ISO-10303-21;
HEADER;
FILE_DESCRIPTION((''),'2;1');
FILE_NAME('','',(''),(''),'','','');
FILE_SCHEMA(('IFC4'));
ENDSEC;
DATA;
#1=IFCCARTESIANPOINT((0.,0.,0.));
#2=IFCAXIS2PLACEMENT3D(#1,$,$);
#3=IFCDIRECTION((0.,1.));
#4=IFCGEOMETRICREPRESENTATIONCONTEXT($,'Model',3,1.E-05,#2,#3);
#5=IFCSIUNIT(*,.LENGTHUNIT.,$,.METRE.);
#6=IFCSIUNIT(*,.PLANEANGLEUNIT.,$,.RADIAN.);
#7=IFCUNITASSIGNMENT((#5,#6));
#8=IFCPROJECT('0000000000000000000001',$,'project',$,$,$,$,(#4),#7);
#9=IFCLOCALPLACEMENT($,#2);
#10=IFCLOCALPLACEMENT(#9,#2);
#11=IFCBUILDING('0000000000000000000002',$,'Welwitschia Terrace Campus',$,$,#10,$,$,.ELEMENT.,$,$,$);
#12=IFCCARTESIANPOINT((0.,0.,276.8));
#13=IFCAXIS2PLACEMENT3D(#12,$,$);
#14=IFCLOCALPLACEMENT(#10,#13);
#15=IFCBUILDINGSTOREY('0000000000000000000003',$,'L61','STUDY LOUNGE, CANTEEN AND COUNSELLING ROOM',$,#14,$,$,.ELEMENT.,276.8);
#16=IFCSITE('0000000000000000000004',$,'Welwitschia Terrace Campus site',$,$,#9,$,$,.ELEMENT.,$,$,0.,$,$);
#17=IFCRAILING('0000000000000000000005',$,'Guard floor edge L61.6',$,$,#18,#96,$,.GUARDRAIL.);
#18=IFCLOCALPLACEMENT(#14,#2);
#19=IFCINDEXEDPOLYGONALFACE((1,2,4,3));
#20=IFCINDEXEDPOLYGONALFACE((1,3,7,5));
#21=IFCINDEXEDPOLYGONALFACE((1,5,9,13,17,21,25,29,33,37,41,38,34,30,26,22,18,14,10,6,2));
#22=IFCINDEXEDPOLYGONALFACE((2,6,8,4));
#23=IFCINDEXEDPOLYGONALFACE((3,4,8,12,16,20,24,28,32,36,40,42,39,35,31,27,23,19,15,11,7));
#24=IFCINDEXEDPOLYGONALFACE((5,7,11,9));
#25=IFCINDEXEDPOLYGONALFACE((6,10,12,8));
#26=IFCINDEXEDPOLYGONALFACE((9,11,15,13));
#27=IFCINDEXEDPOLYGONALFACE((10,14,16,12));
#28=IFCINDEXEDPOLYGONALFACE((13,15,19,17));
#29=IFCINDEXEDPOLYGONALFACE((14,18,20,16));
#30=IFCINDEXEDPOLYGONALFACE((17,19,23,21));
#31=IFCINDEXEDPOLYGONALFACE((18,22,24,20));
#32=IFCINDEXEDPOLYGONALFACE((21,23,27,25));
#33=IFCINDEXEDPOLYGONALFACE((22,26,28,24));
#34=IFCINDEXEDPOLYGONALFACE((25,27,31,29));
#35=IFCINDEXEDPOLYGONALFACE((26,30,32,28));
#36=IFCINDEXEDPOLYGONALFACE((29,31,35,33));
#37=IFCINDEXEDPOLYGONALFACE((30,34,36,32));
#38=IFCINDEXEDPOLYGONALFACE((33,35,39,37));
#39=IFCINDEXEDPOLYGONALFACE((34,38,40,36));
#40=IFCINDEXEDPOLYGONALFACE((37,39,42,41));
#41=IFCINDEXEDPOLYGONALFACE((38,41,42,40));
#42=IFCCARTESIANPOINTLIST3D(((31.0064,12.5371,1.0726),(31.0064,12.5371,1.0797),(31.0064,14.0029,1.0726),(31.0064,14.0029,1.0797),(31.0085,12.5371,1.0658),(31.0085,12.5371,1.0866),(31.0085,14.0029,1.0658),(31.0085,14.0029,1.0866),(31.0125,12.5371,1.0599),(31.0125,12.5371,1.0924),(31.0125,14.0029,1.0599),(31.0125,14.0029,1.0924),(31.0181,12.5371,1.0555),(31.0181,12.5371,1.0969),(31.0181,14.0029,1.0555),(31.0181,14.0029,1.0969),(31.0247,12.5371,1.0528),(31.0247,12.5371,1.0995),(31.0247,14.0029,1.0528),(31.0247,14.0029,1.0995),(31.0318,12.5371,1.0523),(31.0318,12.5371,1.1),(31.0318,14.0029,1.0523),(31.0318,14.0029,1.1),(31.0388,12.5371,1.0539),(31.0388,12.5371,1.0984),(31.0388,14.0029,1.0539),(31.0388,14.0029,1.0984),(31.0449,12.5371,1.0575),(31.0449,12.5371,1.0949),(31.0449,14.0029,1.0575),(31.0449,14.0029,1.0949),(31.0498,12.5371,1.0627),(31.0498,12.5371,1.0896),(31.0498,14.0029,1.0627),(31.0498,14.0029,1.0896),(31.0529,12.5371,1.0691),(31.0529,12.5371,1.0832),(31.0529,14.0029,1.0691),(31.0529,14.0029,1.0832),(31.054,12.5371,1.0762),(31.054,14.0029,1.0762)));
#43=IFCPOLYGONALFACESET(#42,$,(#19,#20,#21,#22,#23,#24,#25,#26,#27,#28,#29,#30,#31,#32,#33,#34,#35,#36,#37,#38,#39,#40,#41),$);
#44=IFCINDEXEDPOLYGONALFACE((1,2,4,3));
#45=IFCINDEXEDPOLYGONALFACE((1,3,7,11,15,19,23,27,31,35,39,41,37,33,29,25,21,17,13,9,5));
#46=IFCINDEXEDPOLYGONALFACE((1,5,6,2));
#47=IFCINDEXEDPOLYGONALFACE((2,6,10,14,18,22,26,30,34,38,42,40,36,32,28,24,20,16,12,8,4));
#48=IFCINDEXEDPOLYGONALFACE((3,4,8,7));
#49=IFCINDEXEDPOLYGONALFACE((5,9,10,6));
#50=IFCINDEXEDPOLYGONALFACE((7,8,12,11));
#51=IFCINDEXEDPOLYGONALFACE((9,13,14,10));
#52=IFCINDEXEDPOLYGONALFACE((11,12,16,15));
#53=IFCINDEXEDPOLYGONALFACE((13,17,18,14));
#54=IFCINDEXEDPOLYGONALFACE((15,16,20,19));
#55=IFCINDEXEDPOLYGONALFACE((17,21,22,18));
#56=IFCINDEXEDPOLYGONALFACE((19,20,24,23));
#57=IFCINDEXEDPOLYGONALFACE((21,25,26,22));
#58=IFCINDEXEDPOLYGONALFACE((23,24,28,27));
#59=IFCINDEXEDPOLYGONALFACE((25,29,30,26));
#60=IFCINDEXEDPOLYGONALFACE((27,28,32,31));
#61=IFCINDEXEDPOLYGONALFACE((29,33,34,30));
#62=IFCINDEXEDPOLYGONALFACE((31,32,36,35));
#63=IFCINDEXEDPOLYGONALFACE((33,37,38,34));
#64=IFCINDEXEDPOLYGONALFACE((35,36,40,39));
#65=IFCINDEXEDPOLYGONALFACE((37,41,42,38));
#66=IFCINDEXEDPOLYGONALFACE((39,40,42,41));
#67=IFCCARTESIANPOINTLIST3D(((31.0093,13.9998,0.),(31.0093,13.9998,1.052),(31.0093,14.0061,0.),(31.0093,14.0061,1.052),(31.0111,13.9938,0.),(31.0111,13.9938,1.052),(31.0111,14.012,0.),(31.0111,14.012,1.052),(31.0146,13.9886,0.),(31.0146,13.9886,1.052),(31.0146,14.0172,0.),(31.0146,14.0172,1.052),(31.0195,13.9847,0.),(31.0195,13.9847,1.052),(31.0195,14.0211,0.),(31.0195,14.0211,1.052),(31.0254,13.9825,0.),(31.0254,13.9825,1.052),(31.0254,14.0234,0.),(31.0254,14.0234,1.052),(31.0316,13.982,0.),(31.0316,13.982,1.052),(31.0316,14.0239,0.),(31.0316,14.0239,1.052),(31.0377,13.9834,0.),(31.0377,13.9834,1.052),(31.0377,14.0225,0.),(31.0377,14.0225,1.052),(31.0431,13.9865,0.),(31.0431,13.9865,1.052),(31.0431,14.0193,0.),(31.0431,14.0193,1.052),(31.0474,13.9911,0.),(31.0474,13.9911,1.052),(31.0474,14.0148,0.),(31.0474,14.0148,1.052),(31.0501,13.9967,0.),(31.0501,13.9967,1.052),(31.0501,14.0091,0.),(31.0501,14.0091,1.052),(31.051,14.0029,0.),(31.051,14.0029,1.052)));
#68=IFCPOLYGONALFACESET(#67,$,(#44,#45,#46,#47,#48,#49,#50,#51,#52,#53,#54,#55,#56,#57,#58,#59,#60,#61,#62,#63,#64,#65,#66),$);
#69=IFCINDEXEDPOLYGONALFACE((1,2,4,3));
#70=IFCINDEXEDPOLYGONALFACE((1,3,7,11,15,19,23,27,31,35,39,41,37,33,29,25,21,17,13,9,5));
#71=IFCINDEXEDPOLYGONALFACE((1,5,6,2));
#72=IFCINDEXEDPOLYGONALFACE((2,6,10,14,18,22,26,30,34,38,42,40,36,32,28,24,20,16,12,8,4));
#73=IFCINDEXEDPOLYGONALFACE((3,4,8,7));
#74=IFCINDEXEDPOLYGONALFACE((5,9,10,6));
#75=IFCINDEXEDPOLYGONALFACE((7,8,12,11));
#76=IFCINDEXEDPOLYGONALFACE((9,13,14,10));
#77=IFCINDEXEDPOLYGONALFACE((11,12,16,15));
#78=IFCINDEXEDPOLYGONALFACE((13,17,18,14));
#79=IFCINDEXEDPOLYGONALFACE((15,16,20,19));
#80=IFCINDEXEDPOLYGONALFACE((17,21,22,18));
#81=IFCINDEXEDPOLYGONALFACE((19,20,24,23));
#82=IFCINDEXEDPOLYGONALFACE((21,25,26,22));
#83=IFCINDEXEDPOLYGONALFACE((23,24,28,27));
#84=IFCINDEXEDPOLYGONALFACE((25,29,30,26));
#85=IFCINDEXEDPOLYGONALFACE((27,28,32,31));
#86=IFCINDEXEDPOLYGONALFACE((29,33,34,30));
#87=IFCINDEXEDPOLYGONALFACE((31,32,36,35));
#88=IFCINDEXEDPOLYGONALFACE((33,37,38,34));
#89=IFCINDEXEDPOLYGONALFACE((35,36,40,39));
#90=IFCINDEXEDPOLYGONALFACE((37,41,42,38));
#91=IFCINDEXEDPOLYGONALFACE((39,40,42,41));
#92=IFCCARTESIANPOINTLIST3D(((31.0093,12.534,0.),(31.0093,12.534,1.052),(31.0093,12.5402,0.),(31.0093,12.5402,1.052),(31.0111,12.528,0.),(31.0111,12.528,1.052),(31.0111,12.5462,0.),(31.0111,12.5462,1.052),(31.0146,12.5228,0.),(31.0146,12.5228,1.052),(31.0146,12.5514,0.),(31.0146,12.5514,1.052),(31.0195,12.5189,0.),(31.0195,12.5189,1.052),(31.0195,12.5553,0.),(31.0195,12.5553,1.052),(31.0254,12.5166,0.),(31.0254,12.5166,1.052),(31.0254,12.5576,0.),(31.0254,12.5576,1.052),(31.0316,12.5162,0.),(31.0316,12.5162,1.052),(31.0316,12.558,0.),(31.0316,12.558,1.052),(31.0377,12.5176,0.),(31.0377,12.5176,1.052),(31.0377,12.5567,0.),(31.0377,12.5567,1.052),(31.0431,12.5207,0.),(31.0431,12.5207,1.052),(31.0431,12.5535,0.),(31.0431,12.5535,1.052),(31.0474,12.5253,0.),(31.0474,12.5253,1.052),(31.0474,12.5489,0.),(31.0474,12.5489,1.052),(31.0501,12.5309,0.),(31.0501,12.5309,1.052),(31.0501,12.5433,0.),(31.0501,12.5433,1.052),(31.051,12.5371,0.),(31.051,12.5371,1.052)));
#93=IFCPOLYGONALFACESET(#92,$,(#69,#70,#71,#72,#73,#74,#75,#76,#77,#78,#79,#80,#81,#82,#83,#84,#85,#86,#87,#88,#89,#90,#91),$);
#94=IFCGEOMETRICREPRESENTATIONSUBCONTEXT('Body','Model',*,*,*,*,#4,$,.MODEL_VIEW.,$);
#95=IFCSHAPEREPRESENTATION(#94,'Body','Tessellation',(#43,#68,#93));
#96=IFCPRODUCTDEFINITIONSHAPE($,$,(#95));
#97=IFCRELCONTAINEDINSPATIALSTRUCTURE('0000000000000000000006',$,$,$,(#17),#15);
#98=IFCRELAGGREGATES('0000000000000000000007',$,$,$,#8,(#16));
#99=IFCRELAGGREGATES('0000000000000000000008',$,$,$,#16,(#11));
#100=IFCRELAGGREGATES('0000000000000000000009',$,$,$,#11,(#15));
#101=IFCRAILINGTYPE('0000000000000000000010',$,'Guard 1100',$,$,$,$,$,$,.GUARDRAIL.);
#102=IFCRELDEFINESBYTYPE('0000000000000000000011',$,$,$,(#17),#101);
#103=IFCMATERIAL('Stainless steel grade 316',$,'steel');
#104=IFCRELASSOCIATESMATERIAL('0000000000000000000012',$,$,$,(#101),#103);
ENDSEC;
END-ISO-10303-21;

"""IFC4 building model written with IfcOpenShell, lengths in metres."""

from ifc_helpers import new_model, si_unit, direction, frame, origin, origin_2d, place, context, subcontext, project, spatial, circle, extrude, material, type_object, element, save


model = new_model("IFC4")

# Units and contexts
model_context = context("Model", 3, precision=1e-05, world=origin(), true_north=direction((0.0, 1.0)))
body_context = subcontext(model_context, "Body", "Model", "MODEL_VIEW")
ifc_project = project(units=[si_unit("LENGTHUNIT", "METRE"), si_unit("PLANEANGLEUNIT", "RADIAN")], contexts=[model_context])

# Site, building, storey
site_placement = place(None, origin())
site = spatial("IfcSite", under=ifc_project, at=site_placement, Name="Welwitschia Terrace Campus site", CompositionType="ELEMENT", RefElevation=0.0)
building_placement = place(site_placement, origin())
building = spatial("IfcBuilding", under=site, at=building_placement, Name="Welwitschia Terrace Campus", CompositionType="ELEMENT")
storey_placement = place(building_placement, frame((0.0, 0.0, 276.8)))
storey = spatial("IfcBuildingStorey", under=building, at=storey_placement, Name="L61", Description="STUDY LOUNGE, CANTEEN AND COUNSELLING ROOM", CompositionType="ELEMENT", Elevation=276.8)

# Railing
ifc_material_1 = material(Name="Stainless steel grade 316", Category="steel")
railing_type = type_object("IfcRailingType", Name="Guard 1100", PredefinedType="GUARDRAIL", material=ifc_material_1)
railing_1_placement = place(storey_placement, frame((31.03, 14.0029, 0.0)))
element("IfcRailing", 1, at=railing_1_placement, inside=storey, type_object=railing_type, Name="Guard floor edge L61.6", PredefinedType="GUARDRAIL", context=body_context, shape_type="SweptSolid", body=[
    extrude(circle(Radius=0.0239, at=origin_2d()), frame((0.0, 0.0, 1.0762), z_axis=(0.0, -1.0, 0.0), x_axis=(1.0, 0.0, 0.0)), (0.0, 0.0, 1.0), 1.4658),
    extrude(circle(Radius=0.021, at=origin_2d()), origin(), (0.0, 0.0, 1.0), 1.052),
    extrude(circle(Radius=0.021, at=origin_2d()), frame((0.0, -1.4658, 0.0)), (0.0, 0.0, 1.0), 1.052),
])

save(model, "model.ifc")
